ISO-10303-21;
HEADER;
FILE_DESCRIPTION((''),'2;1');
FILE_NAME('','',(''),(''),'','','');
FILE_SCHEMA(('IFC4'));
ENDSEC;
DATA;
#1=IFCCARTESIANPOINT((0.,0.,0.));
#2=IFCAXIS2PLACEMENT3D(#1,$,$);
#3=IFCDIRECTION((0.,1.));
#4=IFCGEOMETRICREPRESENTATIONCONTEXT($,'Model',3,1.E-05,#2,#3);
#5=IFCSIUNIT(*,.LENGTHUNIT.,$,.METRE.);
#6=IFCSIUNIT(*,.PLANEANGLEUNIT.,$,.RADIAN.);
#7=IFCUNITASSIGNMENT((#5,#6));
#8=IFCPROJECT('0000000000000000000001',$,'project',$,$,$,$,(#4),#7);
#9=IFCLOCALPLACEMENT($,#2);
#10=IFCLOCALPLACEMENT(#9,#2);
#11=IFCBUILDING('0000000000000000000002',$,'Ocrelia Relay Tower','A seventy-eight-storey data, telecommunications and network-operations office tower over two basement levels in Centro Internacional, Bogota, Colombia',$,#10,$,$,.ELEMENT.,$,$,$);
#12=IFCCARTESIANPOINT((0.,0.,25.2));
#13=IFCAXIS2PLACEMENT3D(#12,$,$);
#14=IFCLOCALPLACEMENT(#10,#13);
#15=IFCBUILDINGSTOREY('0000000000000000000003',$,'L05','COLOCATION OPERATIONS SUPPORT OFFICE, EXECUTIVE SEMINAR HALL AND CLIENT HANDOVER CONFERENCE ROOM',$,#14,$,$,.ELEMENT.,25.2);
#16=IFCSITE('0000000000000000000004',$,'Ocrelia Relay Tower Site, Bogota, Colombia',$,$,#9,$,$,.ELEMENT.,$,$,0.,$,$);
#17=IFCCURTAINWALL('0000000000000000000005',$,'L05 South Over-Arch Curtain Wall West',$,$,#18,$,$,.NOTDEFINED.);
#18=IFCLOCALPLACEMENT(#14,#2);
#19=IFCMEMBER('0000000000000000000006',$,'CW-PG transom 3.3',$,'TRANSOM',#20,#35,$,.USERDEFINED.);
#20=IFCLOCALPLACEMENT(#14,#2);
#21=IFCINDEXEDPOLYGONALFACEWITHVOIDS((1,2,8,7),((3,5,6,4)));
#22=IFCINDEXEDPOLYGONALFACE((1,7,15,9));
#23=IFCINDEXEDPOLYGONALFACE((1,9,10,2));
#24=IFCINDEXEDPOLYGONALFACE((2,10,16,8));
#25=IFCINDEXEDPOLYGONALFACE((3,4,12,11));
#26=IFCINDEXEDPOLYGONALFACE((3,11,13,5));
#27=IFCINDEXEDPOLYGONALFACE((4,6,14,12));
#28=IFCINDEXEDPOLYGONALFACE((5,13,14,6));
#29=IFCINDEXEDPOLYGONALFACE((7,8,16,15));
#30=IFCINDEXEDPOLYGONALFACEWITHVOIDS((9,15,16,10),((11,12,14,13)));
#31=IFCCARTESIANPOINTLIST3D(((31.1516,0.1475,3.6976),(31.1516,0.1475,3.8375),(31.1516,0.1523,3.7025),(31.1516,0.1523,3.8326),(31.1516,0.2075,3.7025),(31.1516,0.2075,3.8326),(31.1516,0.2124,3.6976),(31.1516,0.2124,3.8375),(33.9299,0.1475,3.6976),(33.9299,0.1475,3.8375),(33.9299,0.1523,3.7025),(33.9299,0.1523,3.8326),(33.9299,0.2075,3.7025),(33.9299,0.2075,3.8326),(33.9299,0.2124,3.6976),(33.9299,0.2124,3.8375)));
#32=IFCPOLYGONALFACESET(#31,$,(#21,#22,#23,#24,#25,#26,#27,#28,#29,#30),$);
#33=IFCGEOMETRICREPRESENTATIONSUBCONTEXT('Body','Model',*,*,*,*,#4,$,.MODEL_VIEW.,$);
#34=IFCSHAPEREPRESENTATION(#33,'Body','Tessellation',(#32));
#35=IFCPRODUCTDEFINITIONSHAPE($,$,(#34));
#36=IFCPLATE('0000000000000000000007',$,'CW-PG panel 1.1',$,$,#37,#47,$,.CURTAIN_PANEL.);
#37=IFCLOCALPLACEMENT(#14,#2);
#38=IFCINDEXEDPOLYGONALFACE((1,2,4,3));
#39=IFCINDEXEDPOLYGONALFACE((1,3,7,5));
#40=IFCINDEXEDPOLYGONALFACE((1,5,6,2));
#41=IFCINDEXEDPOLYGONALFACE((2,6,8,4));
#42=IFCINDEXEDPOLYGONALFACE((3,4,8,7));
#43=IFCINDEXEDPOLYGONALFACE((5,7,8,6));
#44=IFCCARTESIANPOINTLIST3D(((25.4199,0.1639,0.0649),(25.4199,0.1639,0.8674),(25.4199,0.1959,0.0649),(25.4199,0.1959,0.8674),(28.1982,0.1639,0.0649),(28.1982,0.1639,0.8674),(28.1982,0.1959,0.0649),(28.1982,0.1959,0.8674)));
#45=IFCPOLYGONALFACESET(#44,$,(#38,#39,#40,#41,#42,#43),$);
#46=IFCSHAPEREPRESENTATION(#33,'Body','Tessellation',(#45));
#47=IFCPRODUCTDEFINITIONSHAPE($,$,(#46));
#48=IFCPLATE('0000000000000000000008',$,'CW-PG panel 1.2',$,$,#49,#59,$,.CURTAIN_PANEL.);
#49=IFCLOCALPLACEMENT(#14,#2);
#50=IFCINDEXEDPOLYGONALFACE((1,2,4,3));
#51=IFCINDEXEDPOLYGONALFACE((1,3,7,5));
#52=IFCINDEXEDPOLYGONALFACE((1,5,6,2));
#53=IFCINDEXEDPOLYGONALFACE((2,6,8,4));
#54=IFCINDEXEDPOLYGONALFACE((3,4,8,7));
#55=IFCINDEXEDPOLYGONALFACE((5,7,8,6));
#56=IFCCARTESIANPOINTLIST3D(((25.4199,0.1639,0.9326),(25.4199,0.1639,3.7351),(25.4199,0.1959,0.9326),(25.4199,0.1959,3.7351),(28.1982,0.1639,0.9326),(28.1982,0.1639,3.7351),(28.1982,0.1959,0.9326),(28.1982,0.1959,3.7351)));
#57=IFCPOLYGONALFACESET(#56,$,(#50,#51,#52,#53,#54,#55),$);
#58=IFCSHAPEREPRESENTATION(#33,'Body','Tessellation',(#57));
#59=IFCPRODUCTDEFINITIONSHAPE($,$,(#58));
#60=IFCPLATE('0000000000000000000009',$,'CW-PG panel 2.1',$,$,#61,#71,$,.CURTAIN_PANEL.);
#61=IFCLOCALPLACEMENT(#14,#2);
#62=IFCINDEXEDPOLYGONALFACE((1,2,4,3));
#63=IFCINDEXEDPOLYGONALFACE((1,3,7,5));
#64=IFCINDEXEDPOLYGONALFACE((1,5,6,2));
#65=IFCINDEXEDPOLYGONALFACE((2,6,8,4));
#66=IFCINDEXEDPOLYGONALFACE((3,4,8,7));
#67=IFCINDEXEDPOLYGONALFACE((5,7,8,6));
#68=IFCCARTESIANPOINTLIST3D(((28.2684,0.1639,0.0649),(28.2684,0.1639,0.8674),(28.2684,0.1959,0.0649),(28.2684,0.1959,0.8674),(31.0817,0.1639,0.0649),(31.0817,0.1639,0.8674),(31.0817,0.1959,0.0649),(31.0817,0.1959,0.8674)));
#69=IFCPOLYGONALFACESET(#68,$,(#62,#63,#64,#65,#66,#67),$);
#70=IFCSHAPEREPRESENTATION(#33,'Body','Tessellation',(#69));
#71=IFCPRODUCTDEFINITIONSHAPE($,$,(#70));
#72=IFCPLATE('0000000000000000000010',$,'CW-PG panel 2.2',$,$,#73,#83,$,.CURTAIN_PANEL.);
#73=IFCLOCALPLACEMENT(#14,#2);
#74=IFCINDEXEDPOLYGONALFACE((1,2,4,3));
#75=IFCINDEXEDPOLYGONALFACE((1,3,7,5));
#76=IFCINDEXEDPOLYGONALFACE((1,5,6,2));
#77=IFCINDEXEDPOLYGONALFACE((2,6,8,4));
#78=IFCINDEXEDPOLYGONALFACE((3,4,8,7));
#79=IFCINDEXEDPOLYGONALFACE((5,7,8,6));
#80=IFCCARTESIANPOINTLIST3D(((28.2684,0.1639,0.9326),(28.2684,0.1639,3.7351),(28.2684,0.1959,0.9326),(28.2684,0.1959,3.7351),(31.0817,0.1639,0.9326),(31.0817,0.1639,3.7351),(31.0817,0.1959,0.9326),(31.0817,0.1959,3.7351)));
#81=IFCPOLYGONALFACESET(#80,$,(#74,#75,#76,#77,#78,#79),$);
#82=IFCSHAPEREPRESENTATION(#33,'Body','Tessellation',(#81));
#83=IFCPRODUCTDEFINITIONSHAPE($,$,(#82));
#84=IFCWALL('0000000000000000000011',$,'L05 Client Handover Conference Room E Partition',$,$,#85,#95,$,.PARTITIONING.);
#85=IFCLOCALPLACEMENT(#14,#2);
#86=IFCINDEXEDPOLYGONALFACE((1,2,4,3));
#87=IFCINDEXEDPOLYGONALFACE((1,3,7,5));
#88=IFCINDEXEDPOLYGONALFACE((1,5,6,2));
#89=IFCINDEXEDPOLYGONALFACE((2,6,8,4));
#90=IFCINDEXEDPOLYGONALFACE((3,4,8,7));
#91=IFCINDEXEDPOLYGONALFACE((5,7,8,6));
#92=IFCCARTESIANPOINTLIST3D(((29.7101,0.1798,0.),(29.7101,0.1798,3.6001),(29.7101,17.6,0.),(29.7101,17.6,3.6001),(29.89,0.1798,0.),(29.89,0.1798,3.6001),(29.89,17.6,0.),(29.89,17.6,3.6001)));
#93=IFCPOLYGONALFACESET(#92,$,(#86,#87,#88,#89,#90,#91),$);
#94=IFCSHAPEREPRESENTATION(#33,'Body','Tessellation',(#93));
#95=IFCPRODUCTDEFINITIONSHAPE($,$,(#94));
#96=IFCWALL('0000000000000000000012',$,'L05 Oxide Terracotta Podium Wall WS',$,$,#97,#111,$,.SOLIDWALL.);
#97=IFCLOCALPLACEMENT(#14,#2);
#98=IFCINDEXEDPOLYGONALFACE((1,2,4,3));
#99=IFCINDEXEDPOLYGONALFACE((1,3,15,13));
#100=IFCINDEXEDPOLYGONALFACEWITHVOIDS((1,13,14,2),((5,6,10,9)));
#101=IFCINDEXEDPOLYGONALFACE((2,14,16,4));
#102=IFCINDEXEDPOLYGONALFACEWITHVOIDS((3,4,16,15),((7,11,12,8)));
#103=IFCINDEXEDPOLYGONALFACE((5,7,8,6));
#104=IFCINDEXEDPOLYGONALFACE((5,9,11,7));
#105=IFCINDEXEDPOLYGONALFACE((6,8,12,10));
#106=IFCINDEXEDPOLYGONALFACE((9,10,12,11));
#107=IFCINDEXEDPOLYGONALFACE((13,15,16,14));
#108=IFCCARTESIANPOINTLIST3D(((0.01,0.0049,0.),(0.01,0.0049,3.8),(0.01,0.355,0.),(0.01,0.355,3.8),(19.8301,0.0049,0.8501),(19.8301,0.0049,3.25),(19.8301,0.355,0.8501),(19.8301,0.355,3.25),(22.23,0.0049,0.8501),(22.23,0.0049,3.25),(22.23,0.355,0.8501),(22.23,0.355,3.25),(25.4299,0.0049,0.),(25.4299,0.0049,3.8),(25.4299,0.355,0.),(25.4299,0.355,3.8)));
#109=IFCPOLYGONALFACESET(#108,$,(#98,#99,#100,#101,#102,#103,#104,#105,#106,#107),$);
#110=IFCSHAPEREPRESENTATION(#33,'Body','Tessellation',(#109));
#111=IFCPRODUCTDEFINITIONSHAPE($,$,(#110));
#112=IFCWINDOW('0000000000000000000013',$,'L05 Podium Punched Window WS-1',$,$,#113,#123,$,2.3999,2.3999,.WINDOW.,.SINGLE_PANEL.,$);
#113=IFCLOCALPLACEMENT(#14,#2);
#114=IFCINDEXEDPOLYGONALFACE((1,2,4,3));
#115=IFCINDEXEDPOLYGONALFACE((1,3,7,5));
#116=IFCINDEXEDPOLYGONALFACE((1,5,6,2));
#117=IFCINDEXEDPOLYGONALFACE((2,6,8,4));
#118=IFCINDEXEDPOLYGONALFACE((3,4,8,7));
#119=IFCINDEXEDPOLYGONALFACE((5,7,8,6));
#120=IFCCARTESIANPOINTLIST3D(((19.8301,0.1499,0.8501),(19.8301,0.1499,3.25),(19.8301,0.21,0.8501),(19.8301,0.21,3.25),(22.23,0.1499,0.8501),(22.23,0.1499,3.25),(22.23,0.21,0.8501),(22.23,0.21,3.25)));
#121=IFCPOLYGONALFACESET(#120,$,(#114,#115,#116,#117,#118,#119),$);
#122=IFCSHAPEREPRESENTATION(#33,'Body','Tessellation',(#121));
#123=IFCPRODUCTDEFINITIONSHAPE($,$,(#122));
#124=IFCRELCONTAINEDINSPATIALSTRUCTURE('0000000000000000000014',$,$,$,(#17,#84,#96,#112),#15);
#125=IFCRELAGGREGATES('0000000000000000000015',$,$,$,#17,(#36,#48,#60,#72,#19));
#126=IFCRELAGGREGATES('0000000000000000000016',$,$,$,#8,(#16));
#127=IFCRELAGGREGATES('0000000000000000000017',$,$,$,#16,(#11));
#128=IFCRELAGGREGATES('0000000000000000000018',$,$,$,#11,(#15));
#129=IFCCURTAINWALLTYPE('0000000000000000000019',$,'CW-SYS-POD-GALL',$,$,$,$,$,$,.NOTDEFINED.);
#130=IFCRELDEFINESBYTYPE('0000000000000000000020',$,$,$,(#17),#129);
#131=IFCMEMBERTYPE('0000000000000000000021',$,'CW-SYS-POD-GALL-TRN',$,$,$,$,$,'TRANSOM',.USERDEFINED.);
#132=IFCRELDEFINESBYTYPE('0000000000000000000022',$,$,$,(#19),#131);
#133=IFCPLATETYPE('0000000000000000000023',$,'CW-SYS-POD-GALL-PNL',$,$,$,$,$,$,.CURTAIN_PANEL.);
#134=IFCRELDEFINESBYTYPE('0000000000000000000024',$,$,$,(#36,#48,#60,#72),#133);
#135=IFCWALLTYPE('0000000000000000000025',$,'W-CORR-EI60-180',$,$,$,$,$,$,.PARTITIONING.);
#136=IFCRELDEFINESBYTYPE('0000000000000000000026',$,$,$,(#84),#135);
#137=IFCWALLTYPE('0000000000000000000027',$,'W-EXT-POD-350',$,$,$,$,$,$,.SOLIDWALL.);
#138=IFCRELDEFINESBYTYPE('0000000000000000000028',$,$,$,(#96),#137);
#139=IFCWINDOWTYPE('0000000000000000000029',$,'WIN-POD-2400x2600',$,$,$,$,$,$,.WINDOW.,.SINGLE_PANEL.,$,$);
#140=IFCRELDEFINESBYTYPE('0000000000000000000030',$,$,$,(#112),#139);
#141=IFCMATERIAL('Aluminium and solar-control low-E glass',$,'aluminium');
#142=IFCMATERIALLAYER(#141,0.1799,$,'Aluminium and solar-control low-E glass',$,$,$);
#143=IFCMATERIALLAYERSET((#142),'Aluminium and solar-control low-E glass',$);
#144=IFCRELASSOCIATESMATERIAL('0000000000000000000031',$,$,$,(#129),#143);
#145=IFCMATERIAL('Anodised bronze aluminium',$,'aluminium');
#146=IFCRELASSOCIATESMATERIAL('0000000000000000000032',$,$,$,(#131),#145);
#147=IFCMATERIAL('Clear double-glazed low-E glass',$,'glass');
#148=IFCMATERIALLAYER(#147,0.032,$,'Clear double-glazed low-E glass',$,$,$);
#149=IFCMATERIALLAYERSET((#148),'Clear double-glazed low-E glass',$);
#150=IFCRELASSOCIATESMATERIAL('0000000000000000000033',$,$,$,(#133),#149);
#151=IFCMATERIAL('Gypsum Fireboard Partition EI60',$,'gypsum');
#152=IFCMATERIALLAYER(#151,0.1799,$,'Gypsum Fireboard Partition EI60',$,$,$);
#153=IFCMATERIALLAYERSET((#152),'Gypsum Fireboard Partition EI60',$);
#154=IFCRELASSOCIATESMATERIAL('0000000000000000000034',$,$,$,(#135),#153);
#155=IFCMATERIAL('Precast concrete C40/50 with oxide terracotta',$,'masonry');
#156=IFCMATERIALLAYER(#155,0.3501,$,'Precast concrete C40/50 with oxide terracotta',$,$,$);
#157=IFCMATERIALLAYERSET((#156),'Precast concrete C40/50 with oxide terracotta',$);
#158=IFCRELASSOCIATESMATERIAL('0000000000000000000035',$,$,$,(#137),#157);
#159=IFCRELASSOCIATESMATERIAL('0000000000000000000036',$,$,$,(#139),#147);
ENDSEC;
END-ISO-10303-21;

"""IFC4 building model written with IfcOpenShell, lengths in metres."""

from ifc_helpers import new_model, si_unit, direction, frame, frame_2d, origin, origin_2d, place, context, subcontext, project, spatial, rectangle, hollow_rectangle, extrude, material, layer, layer_set, material_profile, profile_set, type_object, element, fill, aggregate, save


model = new_model("IFC4")

# Units and contexts
model_context = context("Model", 3, precision=1e-05, world=origin(), true_north=direction((0.0, 1.0)))
body_context = subcontext(model_context, "Body", "Model", "MODEL_VIEW")
ifc_project = project(units=[si_unit("LENGTHUNIT", "METRE"), si_unit("PLANEANGLEUNIT", "RADIAN")], contexts=[model_context])

# Site, building, storey
site_placement = place(None, origin())
site = spatial("IfcSite", under=ifc_project, at=site_placement, Name="Ocrelia Relay Tower Site, Bogota, Colombia", CompositionType="ELEMENT", RefElevation=0.0)
building_placement = place(site_placement, origin())
building = spatial("IfcBuilding", under=site, at=building_placement, Name="Ocrelia Relay Tower", Description="A seventy-eight-storey data, telecommunications and network-operations office tower over two basement levels in Centro Internacional, Bogota, Colombia", CompositionType="ELEMENT")
storey_placement = place(building_placement, frame((0.0, 0.0, 25.2)))
storey = spatial("IfcBuildingStorey", under=building, at=storey_placement, Name="L05", Description="COLOCATION OPERATIONS SUPPORT OFFICE, EXECUTIVE SEMINAR HALL AND CLIENT HANDOVER CONFERENCE ROOM", CompositionType="ELEMENT", Elevation=25.2)

# Curtain wall, member, plates
ifc_material_1 = material(Name="Aluminium and solar-control low-E glass", Category="aluminium")
ifc_layer_1 = layer(ifc_material_1, 0.1799, Name="Aluminium and solar-control low-E glass")
ifc_layer_set_1 = layer_set([ifc_layer_1], Name="Aluminium and solar-control low-E glass")
curtain_wall_type = type_object("IfcCurtainWallType", Name="CW-SYS-POD-GALL", PredefinedType="NOTDEFINED", material=ifc_layer_set_1)
curtain_wall_placement = place(storey_placement, origin())
curtain_wall = element("IfcCurtainWall", 1, at=curtain_wall_placement, inside=storey, type_object=curtain_wall_type, Name="L05 South Over-Arch Curtain Wall West", PredefinedType="NOTDEFINED")
ifc_material_2 = material(Name="Anodised bronze aluminium", Category="aluminium")
ifc_material_profile_1 = material_profile(ifc_material_2, hollow_rectangle(XDim=0.0649, YDim=0.1399, WallThickness=0.0049, at=origin_2d()), Name="CW-TRN-140x65")
ifc_profile_set_1 = profile_set([ifc_material_profile_1], Name="Anodised bronze aluminium")
member_type_1 = type_object("IfcMemberType", Name="CW-SYS-POD-GALL-TRN", ElementType="TRANSOM", PredefinedType="USERDEFINED", material=ifc_profile_set_1)
member_1_placement = place(storey_placement, frame((31.1516, 0.1799, 3.7676), z_axis=(1.0, 0.0, 0.0), x_axis=(0.0, 1.0, 0.0)))
member_1 = element("IfcMember", 2, at=member_1_placement, type_object=member_type_1, Name="CW-PG transom 3.3", ObjectType="TRANSOM", PredefinedType="USERDEFINED", context=body_context, shape_type="SweptSolid", body=[
    extrude(hollow_rectangle(XDim=0.0649, YDim=0.1399, WallThickness=0.0049, at=origin_2d()), origin(), (0.0, 0.0, 1.0), 2.7783),
])
ifc_material_3 = material(Name="Clear double-glazed low-E glass", Category="glass")
ifc_layer_2 = layer(ifc_material_3, 0.032, Name="Clear double-glazed low-E glass")
ifc_layer_set_2 = layer_set([ifc_layer_2], Name="Clear double-glazed low-E glass")
plate_type = type_object("IfcPlateType", Name="CW-SYS-POD-GALL-PNL", PredefinedType="CURTAIN_PANEL", material=ifc_layer_set_2)
plate_1_placement = place(storey_placement, frame((26.8091, 0.1799, 0.0649), z_axis=(0.0, 0.0, 1.0), x_axis=(1.0, 0.0, 0.0)))
plate_1 = element("IfcPlate", 3, at=plate_1_placement, type_object=plate_type, Name="CW-PG panel 1.1", PredefinedType="CURTAIN_PANEL", context=body_context, shape_type="SweptSolid", body=[
    extrude(rectangle(XDim=2.7783, YDim=0.032, at=origin_2d()), origin(), (0.0, 0.0, 1.0), 0.8025),
])
plate_2_placement = place(storey_placement, frame((26.8091, 0.1799, 0.9326), z_axis=(0.0, 0.0, 1.0), x_axis=(1.0, 0.0, 0.0)))
plate_2 = element("IfcPlate", 4, at=plate_2_placement, type_object=plate_type, Name="CW-PG panel 1.2", PredefinedType="CURTAIN_PANEL", context=body_context, shape_type="SweptSolid", body=[
    extrude(rectangle(XDim=2.7783, YDim=0.032, at=origin_2d()), origin(), (0.0, 0.0, 1.0), 2.8025),
])
plate_3_placement = place(storey_placement, frame((29.675, 0.1799, 0.0649), z_axis=(0.0, 0.0, 1.0), x_axis=(1.0, 0.0, 0.0)))
plate_3 = element("IfcPlate", 5, at=plate_3_placement, type_object=plate_type, Name="CW-PG panel 2.1", PredefinedType="CURTAIN_PANEL", context=body_context, shape_type="SweptSolid", body=[
    extrude(rectangle(XDim=2.8132, YDim=0.032, at=origin_2d()), origin(), (0.0, 0.0, 1.0), 0.8025),
])
plate_4_placement = place(storey_placement, frame((29.675, 0.1799, 0.9326), z_axis=(0.0, 0.0, 1.0), x_axis=(1.0, 0.0, 0.0)))
plate_4 = element("IfcPlate", 6, at=plate_4_placement, type_object=plate_type, Name="CW-PG panel 2.2", PredefinedType="CURTAIN_PANEL", context=body_context, shape_type="SweptSolid", body=[
    extrude(rectangle(XDim=2.8132, YDim=0.032, at=origin_2d()), origin(), (0.0, 0.0, 1.0), 2.8025),
])
aggregate(curtain_wall, [plate_1, plate_2, plate_3, plate_4, member_1])

# Wall
ifc_material_4 = material(Name="Gypsum Fireboard Partition EI60", Category="gypsum")
ifc_layer_3 = layer(ifc_material_4, 0.1799, Name="Gypsum Fireboard Partition EI60")
ifc_layer_set_3 = layer_set([ifc_layer_3], Name="Gypsum Fireboard Partition EI60")
wall_type_1 = type_object("IfcWallType", Name="W-CORR-EI60-180", PredefinedType="PARTITIONING", material=ifc_layer_set_3)
wall_1_placement = place(storey_placement, frame((29.8, 0.1799, 0.0), z_axis=(0.0, 0.0, 1.0), x_axis=(0.0, 1.0, 0.0)))
element("IfcWall", 7, at=wall_1_placement, inside=storey, type_object=wall_type_1, Name="L05 Client Handover Conference Room E Partition", PredefinedType="PARTITIONING", context=body_context, shape_type="SweptSolid", body=[
    extrude(rectangle(XDim=17.4202, YDim=0.1799, at=frame_2d((8.71, 0.0))), origin(), (0.0, 0.0, 1.0), 3.6001),
])

# Wall, opening, window
ifc_material_5 = material(Name="Precast concrete C40/50 with oxide terracotta", Category="masonry")
ifc_layer_4 = layer(ifc_material_5, 0.3501, Name="Precast concrete C40/50 with oxide terracotta")
ifc_layer_set_4 = layer_set([ifc_layer_4], Name="Precast concrete C40/50 with oxide terracotta")
wall_type_2 = type_object("IfcWallType", Name="W-EXT-POD-350", PredefinedType="SOLIDWALL", material=ifc_layer_set_4)
wall_2_placement = place(storey_placement, frame((25.4299, 0.1799, 0.0), z_axis=(0.0, 0.0, 1.0), x_axis=(-1.0, 0.0, 0.0)))
wall_2 = element("IfcWall", 8, at=wall_2_placement, inside=storey, type_object=wall_type_2, Name="L05 Oxide Terracotta Podium Wall WS", PredefinedType="SOLIDWALL", context=body_context, shape_type="SweptSolid", body=[
    extrude(rectangle(XDim=25.4199, YDim=0.3501, at=frame_2d((12.71, 0.0))), origin(), (0.0, 0.0, 1.0), 3.8),
])
opening_placement = place(wall_2_placement, frame((3.2, 0.0, 0.8501)))
opening = element("IfcOpeningElement", 9, at=opening_placement, cuts=wall_2, PredefinedType="OPENING", context=body_context, shape_type="SweptSolid", body=[
    extrude(rectangle(XDim=2.3999, YDim=2.3999, at=frame_2d((1.2, 1.2))), frame((0.0, 0.1851, 0.0), z_axis=(0.0, -1.0, 0.0), x_axis=(1.0, 0.0, 0.0)), (0.0, 0.0, 1.0), 0.3701),
])
window_type = type_object("IfcWindowType", Name="WIN-POD-2400x2600", PartitioningType="SINGLE_PANEL", PredefinedType="WINDOW", material=ifc_material_3)
window_placement = place(opening_placement, origin())
window = element("IfcWindow", 10, at=window_placement, inside=storey, type_object=window_type, Name="L05 Podium Punched Window WS-1", OverallHeight=2.3999, OverallWidth=2.3999, PartitioningType="SINGLE_PANEL", PredefinedType="WINDOW", context=body_context, shape_type="SweptSolid", body=[
    extrude(rectangle(XDim=2.3999, YDim=2.3999, at=frame_2d((1.2, 1.2))), frame((0.0, 0.03, 0.0), z_axis=(0.0, -1.0, 0.0), x_axis=(1.0, 0.0, 0.0)), (0.0, 0.0, 1.0), 0.0601),
])
fill(opening, window)

save(model, "model.ifc")
